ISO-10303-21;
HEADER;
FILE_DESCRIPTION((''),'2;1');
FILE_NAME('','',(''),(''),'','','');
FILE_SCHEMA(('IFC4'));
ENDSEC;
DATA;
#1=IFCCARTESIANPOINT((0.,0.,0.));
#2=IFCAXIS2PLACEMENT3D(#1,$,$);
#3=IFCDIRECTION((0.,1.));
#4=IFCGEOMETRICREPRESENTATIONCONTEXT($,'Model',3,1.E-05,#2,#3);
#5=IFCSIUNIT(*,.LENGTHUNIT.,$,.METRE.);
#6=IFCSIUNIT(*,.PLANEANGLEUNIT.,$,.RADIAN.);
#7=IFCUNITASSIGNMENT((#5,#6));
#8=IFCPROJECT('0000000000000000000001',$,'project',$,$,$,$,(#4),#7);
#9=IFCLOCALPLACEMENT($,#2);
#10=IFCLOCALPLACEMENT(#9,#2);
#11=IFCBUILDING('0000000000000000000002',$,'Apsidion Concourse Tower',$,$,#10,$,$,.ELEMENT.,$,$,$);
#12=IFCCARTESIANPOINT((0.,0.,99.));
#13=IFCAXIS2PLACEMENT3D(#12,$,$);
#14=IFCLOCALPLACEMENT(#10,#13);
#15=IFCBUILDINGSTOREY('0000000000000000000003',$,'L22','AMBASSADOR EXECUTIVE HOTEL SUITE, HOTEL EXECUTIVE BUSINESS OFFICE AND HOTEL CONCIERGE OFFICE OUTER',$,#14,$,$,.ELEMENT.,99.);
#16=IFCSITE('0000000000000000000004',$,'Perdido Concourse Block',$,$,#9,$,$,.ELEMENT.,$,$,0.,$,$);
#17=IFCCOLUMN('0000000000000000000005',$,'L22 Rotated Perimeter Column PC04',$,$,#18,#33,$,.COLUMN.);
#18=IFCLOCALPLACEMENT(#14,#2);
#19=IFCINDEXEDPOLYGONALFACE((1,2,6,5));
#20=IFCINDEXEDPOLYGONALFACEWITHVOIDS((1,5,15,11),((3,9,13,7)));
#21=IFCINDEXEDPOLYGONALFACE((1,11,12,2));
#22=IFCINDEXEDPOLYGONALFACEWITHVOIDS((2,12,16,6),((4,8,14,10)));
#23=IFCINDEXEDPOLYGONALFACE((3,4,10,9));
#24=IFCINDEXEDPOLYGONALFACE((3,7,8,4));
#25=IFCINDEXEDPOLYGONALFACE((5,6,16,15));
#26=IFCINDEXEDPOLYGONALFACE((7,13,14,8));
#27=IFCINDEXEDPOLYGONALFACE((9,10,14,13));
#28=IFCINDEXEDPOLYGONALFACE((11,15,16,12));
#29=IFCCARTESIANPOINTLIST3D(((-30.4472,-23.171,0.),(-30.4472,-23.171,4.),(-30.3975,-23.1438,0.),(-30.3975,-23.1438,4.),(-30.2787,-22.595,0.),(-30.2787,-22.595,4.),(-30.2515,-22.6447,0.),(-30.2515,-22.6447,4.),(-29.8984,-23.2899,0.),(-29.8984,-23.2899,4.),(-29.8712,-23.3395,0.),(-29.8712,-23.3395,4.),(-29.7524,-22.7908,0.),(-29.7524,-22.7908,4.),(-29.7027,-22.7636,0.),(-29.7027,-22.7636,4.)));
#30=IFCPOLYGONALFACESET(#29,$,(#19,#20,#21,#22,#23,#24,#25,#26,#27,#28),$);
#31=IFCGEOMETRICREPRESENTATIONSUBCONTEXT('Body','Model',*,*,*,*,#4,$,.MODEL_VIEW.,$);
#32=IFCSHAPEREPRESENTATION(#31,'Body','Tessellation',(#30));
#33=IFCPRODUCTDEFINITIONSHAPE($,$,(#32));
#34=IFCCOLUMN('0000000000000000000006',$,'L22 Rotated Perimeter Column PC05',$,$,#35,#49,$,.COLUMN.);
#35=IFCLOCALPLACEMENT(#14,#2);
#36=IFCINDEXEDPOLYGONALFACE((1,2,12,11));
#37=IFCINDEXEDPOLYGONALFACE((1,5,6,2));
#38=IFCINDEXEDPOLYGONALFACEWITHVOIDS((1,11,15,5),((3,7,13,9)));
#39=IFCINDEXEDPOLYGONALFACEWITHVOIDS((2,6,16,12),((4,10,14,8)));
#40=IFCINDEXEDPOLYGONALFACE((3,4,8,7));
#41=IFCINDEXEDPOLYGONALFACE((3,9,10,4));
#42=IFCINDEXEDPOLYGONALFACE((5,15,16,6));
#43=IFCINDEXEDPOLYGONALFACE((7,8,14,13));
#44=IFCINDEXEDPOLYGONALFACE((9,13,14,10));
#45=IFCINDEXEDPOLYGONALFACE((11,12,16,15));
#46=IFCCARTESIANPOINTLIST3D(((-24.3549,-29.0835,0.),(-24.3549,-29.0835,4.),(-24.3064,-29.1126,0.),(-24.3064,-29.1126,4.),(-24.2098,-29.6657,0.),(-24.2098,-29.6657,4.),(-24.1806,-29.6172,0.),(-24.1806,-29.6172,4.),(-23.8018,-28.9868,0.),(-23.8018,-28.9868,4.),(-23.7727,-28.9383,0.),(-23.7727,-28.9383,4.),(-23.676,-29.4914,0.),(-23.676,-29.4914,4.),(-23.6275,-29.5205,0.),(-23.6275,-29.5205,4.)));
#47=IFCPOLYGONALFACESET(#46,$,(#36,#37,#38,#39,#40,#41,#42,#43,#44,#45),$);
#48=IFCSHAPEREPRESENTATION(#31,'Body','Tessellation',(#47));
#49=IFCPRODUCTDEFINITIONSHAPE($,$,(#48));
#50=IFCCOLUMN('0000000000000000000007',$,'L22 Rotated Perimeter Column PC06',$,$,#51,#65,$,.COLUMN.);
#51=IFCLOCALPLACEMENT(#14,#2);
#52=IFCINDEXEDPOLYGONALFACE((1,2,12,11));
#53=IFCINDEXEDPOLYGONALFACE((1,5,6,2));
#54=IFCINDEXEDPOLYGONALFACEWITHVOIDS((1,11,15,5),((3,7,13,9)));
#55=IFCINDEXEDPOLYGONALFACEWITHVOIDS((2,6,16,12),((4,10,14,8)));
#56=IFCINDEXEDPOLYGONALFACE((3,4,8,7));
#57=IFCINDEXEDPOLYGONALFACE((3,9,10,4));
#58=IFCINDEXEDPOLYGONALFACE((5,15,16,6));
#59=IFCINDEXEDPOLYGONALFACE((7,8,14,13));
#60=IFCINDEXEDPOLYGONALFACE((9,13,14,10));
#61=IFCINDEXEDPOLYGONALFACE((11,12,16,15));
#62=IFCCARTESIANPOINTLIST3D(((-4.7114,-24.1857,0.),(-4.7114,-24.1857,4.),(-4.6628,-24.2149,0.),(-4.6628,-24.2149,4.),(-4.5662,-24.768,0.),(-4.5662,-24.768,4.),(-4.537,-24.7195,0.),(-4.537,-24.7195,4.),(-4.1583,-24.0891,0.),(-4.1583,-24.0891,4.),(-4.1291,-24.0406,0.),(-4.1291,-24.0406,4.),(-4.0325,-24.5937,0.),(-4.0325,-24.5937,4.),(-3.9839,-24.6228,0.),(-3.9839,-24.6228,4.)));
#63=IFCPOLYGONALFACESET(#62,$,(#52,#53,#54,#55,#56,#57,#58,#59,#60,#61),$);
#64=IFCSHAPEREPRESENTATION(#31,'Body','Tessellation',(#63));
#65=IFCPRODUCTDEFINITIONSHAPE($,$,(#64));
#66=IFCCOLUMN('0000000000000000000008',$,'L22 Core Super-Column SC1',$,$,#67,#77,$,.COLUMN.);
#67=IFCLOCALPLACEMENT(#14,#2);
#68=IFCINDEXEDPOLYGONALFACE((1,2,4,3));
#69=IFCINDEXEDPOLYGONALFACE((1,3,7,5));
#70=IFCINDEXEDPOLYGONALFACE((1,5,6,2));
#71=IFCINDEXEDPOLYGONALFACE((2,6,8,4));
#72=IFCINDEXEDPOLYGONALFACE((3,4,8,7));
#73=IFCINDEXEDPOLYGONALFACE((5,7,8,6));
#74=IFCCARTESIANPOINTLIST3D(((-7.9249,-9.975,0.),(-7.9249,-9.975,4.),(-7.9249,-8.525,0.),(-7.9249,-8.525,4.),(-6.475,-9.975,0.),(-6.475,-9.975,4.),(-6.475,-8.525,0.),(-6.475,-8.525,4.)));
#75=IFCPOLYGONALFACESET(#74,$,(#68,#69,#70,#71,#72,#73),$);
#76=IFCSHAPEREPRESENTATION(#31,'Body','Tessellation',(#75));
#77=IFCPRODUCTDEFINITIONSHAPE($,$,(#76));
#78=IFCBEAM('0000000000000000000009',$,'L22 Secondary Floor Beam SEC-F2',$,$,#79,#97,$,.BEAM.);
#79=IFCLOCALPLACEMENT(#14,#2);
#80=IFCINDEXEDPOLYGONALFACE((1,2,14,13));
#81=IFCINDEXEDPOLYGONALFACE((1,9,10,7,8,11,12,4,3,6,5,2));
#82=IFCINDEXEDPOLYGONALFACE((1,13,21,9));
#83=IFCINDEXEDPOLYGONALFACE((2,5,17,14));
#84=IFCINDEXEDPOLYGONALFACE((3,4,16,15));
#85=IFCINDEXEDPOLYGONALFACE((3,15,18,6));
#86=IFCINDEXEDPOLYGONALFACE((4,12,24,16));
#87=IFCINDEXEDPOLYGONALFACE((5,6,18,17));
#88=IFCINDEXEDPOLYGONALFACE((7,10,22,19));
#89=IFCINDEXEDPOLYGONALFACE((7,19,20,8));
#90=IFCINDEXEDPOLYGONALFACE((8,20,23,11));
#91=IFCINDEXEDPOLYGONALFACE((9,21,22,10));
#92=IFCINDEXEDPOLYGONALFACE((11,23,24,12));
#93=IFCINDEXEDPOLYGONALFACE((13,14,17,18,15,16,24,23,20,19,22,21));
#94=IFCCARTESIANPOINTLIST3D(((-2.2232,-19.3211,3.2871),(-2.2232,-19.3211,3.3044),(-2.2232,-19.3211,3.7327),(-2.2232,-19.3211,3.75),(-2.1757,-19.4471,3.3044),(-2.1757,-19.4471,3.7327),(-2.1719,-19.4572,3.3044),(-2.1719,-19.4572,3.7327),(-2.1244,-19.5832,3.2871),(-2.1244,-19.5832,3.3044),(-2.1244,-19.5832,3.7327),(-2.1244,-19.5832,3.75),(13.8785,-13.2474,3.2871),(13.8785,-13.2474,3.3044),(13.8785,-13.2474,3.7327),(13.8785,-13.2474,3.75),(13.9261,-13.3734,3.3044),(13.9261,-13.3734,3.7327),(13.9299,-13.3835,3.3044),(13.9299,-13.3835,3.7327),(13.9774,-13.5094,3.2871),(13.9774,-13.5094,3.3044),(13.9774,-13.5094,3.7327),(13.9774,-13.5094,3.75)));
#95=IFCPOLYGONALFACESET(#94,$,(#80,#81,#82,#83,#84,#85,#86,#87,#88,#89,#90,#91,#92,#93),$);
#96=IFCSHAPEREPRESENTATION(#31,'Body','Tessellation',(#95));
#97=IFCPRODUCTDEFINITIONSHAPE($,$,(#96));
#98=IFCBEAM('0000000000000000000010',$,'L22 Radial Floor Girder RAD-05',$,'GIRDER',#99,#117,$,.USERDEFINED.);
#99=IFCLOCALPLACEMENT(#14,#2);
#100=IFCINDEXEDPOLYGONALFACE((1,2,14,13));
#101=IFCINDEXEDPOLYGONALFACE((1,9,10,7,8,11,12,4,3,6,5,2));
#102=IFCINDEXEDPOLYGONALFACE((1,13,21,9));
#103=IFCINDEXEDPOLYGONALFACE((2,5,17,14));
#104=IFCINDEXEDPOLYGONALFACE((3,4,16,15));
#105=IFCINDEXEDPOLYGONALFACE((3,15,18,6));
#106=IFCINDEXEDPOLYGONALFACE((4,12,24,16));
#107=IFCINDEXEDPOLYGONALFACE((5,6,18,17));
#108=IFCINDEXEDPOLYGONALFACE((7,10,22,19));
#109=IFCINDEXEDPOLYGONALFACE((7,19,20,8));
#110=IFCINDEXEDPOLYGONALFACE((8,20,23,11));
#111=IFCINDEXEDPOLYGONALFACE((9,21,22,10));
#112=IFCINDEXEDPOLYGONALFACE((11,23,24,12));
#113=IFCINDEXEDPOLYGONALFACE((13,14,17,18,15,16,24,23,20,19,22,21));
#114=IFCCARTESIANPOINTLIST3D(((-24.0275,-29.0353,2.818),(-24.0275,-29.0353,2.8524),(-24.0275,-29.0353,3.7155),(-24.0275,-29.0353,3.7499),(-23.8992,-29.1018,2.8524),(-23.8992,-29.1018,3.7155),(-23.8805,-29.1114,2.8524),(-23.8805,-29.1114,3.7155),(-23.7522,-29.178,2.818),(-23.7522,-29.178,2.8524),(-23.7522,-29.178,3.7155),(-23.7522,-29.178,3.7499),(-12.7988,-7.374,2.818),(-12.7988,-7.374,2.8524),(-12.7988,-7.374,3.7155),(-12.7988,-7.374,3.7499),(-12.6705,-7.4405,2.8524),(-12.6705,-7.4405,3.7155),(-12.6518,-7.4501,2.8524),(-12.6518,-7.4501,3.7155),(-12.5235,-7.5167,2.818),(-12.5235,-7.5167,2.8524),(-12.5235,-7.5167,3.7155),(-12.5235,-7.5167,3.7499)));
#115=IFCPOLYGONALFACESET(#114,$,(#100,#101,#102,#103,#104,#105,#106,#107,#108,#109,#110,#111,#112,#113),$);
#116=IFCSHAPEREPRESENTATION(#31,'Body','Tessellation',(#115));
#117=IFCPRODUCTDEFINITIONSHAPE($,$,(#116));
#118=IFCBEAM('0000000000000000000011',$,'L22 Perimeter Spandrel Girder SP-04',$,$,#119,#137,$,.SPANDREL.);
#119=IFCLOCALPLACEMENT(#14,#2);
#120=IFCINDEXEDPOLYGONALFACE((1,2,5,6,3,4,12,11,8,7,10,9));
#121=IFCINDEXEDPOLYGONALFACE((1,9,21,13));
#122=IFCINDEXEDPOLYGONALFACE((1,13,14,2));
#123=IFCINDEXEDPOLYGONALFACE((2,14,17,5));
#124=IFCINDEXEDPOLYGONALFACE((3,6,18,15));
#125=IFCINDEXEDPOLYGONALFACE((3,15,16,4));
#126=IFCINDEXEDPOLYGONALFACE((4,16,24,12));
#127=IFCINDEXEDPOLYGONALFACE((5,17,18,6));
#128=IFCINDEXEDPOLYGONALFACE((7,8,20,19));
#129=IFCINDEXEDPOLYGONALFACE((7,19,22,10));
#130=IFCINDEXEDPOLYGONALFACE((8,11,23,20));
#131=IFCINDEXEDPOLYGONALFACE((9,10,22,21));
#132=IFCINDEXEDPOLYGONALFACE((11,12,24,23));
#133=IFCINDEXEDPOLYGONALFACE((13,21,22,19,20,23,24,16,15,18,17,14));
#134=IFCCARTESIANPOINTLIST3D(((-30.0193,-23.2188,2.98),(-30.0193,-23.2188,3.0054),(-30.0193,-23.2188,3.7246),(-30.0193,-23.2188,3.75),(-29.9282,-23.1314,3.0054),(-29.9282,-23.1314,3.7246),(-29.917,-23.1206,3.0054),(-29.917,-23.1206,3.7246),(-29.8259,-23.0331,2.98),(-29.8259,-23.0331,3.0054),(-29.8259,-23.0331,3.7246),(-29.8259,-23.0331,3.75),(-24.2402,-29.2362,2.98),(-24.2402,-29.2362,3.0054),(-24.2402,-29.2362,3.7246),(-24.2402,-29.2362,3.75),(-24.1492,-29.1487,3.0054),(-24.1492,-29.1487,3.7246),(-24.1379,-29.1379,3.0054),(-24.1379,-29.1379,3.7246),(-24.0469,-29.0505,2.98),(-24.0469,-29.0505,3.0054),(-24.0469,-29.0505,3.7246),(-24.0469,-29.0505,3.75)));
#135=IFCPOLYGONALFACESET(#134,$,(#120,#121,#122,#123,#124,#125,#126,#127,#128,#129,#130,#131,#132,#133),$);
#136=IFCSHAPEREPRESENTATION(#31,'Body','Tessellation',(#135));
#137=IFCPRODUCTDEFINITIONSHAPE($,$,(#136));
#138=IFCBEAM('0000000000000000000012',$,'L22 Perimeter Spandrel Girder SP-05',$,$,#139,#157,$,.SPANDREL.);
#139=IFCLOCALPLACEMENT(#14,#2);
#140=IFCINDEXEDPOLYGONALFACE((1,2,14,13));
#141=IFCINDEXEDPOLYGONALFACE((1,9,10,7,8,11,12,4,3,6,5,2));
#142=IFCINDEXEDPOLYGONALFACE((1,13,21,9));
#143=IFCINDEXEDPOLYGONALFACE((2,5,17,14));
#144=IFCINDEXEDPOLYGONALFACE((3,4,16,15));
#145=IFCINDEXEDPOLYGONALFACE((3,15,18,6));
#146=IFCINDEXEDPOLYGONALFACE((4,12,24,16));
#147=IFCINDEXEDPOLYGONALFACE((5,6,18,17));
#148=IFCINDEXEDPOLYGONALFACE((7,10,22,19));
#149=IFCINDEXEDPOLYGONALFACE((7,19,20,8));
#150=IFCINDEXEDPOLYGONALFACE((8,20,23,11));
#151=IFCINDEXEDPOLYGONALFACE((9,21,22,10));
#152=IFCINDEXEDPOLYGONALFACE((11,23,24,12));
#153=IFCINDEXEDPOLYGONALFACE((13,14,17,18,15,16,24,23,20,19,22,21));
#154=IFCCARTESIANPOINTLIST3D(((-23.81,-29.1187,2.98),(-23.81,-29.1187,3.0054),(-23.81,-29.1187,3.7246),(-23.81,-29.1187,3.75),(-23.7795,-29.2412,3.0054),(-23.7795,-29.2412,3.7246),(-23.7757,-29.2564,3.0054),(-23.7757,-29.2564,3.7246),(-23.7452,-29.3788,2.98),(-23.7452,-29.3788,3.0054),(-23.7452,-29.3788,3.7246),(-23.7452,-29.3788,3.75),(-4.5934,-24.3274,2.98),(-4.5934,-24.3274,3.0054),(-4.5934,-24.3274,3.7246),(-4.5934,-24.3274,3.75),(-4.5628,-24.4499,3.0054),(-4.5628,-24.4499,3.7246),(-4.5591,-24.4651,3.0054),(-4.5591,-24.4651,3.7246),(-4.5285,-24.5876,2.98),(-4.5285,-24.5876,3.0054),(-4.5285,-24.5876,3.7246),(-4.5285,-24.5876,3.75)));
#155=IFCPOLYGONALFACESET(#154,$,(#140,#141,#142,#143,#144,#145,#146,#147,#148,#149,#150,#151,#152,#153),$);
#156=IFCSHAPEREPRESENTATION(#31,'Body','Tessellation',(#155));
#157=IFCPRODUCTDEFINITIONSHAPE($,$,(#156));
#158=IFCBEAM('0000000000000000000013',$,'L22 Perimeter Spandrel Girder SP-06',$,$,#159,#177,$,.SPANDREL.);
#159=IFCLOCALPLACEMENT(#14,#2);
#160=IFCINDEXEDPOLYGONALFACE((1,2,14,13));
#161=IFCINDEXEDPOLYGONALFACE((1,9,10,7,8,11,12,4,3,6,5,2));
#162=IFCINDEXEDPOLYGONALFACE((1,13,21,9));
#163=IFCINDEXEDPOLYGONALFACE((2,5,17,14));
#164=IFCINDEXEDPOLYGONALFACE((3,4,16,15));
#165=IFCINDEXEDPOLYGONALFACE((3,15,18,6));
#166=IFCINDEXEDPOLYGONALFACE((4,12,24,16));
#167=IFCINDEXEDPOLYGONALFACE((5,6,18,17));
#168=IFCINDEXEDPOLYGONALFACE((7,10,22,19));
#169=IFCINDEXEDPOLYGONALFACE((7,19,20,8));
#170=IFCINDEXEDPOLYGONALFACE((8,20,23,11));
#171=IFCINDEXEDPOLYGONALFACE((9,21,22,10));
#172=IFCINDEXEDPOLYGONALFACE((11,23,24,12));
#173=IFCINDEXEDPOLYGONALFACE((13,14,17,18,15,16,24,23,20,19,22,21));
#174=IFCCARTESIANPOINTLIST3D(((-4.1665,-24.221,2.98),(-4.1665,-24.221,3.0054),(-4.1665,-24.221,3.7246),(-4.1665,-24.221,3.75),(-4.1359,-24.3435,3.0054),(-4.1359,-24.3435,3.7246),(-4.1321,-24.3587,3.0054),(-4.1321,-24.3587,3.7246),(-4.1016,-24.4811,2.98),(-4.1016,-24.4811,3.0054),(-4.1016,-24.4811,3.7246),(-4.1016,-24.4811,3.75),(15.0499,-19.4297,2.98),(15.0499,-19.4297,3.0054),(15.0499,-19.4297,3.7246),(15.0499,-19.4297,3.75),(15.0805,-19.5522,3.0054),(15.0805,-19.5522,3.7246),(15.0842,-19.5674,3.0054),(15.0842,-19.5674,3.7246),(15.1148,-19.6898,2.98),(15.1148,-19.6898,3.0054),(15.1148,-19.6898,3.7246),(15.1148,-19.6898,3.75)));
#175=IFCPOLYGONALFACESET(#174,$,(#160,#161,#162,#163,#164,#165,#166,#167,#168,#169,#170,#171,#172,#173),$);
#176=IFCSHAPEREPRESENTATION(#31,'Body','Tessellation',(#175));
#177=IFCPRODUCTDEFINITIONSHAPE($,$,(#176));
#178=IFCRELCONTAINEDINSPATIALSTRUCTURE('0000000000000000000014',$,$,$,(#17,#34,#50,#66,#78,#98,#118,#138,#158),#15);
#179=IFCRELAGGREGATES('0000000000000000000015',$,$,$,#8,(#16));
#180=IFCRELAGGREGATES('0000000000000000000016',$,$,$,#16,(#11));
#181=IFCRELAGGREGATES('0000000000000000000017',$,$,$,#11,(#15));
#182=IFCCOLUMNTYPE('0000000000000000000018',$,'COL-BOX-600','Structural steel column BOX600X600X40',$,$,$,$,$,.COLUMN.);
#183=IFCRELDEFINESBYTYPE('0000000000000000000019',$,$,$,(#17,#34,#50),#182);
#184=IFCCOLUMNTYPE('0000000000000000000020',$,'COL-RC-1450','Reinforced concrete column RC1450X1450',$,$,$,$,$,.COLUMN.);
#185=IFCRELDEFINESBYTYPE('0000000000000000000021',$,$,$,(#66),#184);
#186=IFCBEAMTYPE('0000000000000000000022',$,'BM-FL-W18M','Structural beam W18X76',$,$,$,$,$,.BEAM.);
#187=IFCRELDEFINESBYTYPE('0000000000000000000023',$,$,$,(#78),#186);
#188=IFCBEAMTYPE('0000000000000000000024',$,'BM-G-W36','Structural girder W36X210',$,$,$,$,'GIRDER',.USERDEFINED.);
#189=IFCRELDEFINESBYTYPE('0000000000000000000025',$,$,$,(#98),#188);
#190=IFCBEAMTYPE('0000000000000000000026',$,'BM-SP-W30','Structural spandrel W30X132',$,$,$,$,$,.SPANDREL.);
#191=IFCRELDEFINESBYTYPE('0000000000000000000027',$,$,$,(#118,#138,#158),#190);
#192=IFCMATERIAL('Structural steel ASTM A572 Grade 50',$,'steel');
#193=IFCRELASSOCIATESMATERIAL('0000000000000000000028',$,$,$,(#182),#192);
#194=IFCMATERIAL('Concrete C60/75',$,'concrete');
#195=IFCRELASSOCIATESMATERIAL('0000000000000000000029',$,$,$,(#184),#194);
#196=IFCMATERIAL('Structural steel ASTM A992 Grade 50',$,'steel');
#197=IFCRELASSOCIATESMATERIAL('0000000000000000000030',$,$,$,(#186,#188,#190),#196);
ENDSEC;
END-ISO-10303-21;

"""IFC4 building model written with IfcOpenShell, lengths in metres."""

from ifc_helpers import new_model, si_unit, direction, frame, origin, origin_2d, place, context, subcontext, project, spatial, rectangle, hollow_rectangle, i_section, extrude, material, material_profile, profile_set, type_object, element, save


model = new_model("IFC4")

# Units and contexts
model_context = context("Model", 3, precision=1e-05, world=origin(), true_north=direction((0.0, 1.0)))
body_context = subcontext(model_context, "Body", "Model", "MODEL_VIEW")
ifc_project = project(units=[si_unit("LENGTHUNIT", "METRE"), si_unit("PLANEANGLEUNIT", "RADIAN")], contexts=[model_context])

# Site, building, storey
site_placement = place(None, origin())
site = spatial("IfcSite", under=ifc_project, at=site_placement, Name="Perdido Concourse Block", CompositionType="ELEMENT", RefElevation=0.0)
building_placement = place(site_placement, origin())
building = spatial("IfcBuilding", under=site, at=building_placement, Name="Apsidion Concourse Tower", CompositionType="ELEMENT")
storey_placement = place(building_placement, frame((0.0, 0.0, 99.0)))
storey = spatial("IfcBuildingStorey", under=building, at=storey_placement, Name="L22", Description="AMBASSADOR EXECUTIVE HOTEL SUITE, HOTEL EXECUTIVE BUSINESS OFFICE AND HOTEL CONCIERGE OFFICE OUTER", CompositionType="ELEMENT", Elevation=99.0)

# Columns
ifc_material_1 = material(Name="Structural steel ASTM A572 Grade 50", Category="steel")
ifc_material_profile_1 = material_profile(ifc_material_1, hollow_rectangle(XDim=0.6001, YDim=0.6001, WallThickness=0.04, at=origin_2d()), Name="BOX600X600X40")
ifc_profile_set_1 = profile_set([ifc_material_profile_1], Name="Structural steel ASTM A572 Grade 50")
column_type_1 = type_object("IfcColumnType", Name="COL-BOX-600", Description="Structural steel column BOX600X600X40", PredefinedType="COLUMN", material=ifc_profile_set_1)
for number, where, z_axis, x_axis, name in (
    (1, (-30.075, -22.9673, 0.0), (0.0, 0.0, 1.0), (0.280834, 0.959756, 0.0), "L22 Rotated Perimeter Column PC04"),
    (2, (-23.9912, -29.302, 0.0), (0.0, 0.0, 1.0), (0.970296, 0.241922, 0.0), "L22 Rotated Perimeter Column PC05"),
    (3, (-4.3477, -24.4043, 0.0), (0.0, 0.0, 1.0), (0.970296, 0.241922, 0.0), "L22 Rotated Perimeter Column PC06"),
):
    element("IfcColumn", number, at=place(storey_placement, frame(where, z_axis=z_axis, x_axis=x_axis)), inside=storey, type_object=column_type_1, Name=name, PredefinedType="COLUMN", context=body_context, shape_type="SweptSolid", body=[
        extrude(hollow_rectangle(XDim=0.6001, YDim=0.6001, WallThickness=0.04, at=origin_2d()), origin(), (0.0, 0.0, 1.0), 4.0),
    ])
ifc_material_2 = material(Name="Concrete C60/75", Category="concrete")
ifc_material_profile_2 = material_profile(ifc_material_2, rectangle(XDim=1.45, YDim=1.45, at=origin_2d()), Name="RC 1450x1450")
ifc_profile_set_2 = profile_set([ifc_material_profile_2], Name="Concrete C60/75")
column_type_2 = type_object("IfcColumnType", Name="COL-RC-1450", Description="Reinforced concrete column RC1450X1450", PredefinedType="COLUMN", material=ifc_profile_set_2)
column_placement = place(storey_placement, frame((-7.2, -9.25, 0.0), z_axis=(0.0, 0.0, 1.0), x_axis=(1.0, 0.0, 0.0)))
element("IfcColumn", 4, at=column_placement, inside=storey, type_object=column_type_2, Name="L22 Core Super-Column SC1", PredefinedType="COLUMN", context=body_context, shape_type="SweptSolid", body=[
    extrude(rectangle(XDim=1.45, YDim=1.45, at=origin_2d()), origin(), (0.0, 0.0, 1.0), 4.0),
])

# Beams
ifc_material_3 = material(Name="Structural steel ASTM A992 Grade 50", Category="steel")
ifc_material_profile_3 = material_profile(ifc_material_3, i_section(OverallWidth=0.28, OverallDepth=0.4629, WebThickness=0.0107, FlangeThickness=0.0173, at=origin_2d()), Name="W18X76")
ifc_profile_set_3 = profile_set([ifc_material_profile_3], Name="Structural steel ASTM A992 Grade 50")
beam_type_1 = type_object("IfcBeamType", Name="BM-FL-W18M", Description="Structural beam W18X76", PredefinedType="BEAM", material=ifc_profile_set_3)
beam_1_placement = place(storey_placement, frame((-2.1738, -19.4521, 3.5186), z_axis=(0.935648, 0.352934, 0.0), x_axis=(-0.352934, 0.935648, 0.0)))
element("IfcBeam", 5, at=beam_1_placement, inside=storey, type_object=beam_type_1, Name="L22 Secondary Floor Beam SEC-F2", PredefinedType="BEAM", context=body_context, shape_type="SweptSolid", body=[
    extrude(i_section(OverallWidth=0.28, OverallDepth=0.4629, WebThickness=0.0107, FlangeThickness=0.0173, at=origin_2d()), origin(), (0.0, 0.0, 1.0), 17.2092),
])
ifc_material_profile_4 = material_profile(ifc_material_3, i_section(OverallWidth=0.3101, OverallDepth=0.9319, WebThickness=0.021, FlangeThickness=0.0344, at=origin_2d()), Name="W36X210")
ifc_profile_set_4 = profile_set([ifc_material_profile_4], Name="Structural steel ASTM A992 Grade 50")
beam_type_2 = type_object("IfcBeamType", Name="BM-G-W36", Description="Structural girder W36X210", ElementType="GIRDER", PredefinedType="USERDEFINED", material=ifc_profile_set_4)
beam_2_placement = place(storey_placement, frame((-12.6611, -7.4453, 3.2839), z_axis=(-0.460218, -0.887806, 0.0), x_axis=(0.887806, -0.460218, 0.0)))
element("IfcBeam", 6, at=beam_2_placement, inside=storey, type_object=beam_type_2, Name="L22 Radial Floor Girder RAD-05", ObjectType="GIRDER", PredefinedType="USERDEFINED", context=body_context, shape_type="SweptSolid", body=[
    extrude(i_section(OverallWidth=0.3101, OverallDepth=0.9319, WebThickness=0.021, FlangeThickness=0.0344, at=origin_2d()), origin(), (0.0, 0.0, 1.0), 24.3987),
])
ifc_material_profile_5 = material_profile(ifc_material_3, i_section(OverallWidth=0.2681, OverallDepth=0.77, WebThickness=0.0156, FlangeThickness=0.0254, at=origin_2d()), Name="W30X132")
ifc_profile_set_5 = profile_set([ifc_material_profile_5], Name="Structural steel ASTM A992 Grade 50")
beam_type_3 = type_object("IfcBeamType", Name="BM-SP-W30", Description="Structural spandrel W30X132", PredefinedType="SPANDREL", material=ifc_profile_set_5)
beam_3_placement = place(storey_placement, frame((-29.9226, -23.126, 3.365), z_axis=(0.692682, -0.721243, 0.0), x_axis=(0.721243, 0.692682, 0.0)))
element("IfcBeam", 7, at=beam_3_placement, inside=storey, type_object=beam_type_3, Name="L22 Perimeter Spandrel Girder SP-04", PredefinedType="SPANDREL", context=body_context, shape_type="SweptSolid", body=[
    extrude(i_section(OverallWidth=0.2681, OverallDepth=0.77, WebThickness=0.0156, FlangeThickness=0.0254, at=origin_2d()), origin(), (0.0, 0.0, 1.0), 8.343),
])
beam_4_placement = place(storey_placement, frame((-23.7776, -29.2488, 3.365), z_axis=(0.970295, 0.241924, 0.0), x_axis=(-0.241924, 0.970295, 0.0)))
element("IfcBeam", 8, at=beam_4_placement, inside=storey, type_object=beam_type_3, Name="L22 Perimeter Spandrel Girder SP-05", PredefinedType="SPANDREL", context=body_context, shape_type="SweptSolid", body=[
    extrude(i_section(OverallWidth=0.2681, OverallDepth=0.77, WebThickness=0.0156, FlangeThickness=0.0254, at=origin_2d()), origin(), (0.0, 0.0, 1.0), 19.8049),
])
beam_5_placement = place(storey_placement, frame((-4.134, -24.3511, 3.365), z_axis=(0.970295, 0.241926, 0.0), x_axis=(-0.241926, 0.970295, 0.0)))
element("IfcBeam", 9, at=beam_5_placement, inside=storey, type_object=beam_type_3, Name="L22 Perimeter Spandrel Girder SP-06", PredefinedType="SPANDREL", context=body_context, shape_type="SweptSolid", body=[
    extrude(i_section(OverallWidth=0.2681, OverallDepth=0.77, WebThickness=0.0156, FlangeThickness=0.0254, at=origin_2d()), origin(), (0.0, 0.0, 1.0), 19.8047),
])

save(model, "model.ifc")
